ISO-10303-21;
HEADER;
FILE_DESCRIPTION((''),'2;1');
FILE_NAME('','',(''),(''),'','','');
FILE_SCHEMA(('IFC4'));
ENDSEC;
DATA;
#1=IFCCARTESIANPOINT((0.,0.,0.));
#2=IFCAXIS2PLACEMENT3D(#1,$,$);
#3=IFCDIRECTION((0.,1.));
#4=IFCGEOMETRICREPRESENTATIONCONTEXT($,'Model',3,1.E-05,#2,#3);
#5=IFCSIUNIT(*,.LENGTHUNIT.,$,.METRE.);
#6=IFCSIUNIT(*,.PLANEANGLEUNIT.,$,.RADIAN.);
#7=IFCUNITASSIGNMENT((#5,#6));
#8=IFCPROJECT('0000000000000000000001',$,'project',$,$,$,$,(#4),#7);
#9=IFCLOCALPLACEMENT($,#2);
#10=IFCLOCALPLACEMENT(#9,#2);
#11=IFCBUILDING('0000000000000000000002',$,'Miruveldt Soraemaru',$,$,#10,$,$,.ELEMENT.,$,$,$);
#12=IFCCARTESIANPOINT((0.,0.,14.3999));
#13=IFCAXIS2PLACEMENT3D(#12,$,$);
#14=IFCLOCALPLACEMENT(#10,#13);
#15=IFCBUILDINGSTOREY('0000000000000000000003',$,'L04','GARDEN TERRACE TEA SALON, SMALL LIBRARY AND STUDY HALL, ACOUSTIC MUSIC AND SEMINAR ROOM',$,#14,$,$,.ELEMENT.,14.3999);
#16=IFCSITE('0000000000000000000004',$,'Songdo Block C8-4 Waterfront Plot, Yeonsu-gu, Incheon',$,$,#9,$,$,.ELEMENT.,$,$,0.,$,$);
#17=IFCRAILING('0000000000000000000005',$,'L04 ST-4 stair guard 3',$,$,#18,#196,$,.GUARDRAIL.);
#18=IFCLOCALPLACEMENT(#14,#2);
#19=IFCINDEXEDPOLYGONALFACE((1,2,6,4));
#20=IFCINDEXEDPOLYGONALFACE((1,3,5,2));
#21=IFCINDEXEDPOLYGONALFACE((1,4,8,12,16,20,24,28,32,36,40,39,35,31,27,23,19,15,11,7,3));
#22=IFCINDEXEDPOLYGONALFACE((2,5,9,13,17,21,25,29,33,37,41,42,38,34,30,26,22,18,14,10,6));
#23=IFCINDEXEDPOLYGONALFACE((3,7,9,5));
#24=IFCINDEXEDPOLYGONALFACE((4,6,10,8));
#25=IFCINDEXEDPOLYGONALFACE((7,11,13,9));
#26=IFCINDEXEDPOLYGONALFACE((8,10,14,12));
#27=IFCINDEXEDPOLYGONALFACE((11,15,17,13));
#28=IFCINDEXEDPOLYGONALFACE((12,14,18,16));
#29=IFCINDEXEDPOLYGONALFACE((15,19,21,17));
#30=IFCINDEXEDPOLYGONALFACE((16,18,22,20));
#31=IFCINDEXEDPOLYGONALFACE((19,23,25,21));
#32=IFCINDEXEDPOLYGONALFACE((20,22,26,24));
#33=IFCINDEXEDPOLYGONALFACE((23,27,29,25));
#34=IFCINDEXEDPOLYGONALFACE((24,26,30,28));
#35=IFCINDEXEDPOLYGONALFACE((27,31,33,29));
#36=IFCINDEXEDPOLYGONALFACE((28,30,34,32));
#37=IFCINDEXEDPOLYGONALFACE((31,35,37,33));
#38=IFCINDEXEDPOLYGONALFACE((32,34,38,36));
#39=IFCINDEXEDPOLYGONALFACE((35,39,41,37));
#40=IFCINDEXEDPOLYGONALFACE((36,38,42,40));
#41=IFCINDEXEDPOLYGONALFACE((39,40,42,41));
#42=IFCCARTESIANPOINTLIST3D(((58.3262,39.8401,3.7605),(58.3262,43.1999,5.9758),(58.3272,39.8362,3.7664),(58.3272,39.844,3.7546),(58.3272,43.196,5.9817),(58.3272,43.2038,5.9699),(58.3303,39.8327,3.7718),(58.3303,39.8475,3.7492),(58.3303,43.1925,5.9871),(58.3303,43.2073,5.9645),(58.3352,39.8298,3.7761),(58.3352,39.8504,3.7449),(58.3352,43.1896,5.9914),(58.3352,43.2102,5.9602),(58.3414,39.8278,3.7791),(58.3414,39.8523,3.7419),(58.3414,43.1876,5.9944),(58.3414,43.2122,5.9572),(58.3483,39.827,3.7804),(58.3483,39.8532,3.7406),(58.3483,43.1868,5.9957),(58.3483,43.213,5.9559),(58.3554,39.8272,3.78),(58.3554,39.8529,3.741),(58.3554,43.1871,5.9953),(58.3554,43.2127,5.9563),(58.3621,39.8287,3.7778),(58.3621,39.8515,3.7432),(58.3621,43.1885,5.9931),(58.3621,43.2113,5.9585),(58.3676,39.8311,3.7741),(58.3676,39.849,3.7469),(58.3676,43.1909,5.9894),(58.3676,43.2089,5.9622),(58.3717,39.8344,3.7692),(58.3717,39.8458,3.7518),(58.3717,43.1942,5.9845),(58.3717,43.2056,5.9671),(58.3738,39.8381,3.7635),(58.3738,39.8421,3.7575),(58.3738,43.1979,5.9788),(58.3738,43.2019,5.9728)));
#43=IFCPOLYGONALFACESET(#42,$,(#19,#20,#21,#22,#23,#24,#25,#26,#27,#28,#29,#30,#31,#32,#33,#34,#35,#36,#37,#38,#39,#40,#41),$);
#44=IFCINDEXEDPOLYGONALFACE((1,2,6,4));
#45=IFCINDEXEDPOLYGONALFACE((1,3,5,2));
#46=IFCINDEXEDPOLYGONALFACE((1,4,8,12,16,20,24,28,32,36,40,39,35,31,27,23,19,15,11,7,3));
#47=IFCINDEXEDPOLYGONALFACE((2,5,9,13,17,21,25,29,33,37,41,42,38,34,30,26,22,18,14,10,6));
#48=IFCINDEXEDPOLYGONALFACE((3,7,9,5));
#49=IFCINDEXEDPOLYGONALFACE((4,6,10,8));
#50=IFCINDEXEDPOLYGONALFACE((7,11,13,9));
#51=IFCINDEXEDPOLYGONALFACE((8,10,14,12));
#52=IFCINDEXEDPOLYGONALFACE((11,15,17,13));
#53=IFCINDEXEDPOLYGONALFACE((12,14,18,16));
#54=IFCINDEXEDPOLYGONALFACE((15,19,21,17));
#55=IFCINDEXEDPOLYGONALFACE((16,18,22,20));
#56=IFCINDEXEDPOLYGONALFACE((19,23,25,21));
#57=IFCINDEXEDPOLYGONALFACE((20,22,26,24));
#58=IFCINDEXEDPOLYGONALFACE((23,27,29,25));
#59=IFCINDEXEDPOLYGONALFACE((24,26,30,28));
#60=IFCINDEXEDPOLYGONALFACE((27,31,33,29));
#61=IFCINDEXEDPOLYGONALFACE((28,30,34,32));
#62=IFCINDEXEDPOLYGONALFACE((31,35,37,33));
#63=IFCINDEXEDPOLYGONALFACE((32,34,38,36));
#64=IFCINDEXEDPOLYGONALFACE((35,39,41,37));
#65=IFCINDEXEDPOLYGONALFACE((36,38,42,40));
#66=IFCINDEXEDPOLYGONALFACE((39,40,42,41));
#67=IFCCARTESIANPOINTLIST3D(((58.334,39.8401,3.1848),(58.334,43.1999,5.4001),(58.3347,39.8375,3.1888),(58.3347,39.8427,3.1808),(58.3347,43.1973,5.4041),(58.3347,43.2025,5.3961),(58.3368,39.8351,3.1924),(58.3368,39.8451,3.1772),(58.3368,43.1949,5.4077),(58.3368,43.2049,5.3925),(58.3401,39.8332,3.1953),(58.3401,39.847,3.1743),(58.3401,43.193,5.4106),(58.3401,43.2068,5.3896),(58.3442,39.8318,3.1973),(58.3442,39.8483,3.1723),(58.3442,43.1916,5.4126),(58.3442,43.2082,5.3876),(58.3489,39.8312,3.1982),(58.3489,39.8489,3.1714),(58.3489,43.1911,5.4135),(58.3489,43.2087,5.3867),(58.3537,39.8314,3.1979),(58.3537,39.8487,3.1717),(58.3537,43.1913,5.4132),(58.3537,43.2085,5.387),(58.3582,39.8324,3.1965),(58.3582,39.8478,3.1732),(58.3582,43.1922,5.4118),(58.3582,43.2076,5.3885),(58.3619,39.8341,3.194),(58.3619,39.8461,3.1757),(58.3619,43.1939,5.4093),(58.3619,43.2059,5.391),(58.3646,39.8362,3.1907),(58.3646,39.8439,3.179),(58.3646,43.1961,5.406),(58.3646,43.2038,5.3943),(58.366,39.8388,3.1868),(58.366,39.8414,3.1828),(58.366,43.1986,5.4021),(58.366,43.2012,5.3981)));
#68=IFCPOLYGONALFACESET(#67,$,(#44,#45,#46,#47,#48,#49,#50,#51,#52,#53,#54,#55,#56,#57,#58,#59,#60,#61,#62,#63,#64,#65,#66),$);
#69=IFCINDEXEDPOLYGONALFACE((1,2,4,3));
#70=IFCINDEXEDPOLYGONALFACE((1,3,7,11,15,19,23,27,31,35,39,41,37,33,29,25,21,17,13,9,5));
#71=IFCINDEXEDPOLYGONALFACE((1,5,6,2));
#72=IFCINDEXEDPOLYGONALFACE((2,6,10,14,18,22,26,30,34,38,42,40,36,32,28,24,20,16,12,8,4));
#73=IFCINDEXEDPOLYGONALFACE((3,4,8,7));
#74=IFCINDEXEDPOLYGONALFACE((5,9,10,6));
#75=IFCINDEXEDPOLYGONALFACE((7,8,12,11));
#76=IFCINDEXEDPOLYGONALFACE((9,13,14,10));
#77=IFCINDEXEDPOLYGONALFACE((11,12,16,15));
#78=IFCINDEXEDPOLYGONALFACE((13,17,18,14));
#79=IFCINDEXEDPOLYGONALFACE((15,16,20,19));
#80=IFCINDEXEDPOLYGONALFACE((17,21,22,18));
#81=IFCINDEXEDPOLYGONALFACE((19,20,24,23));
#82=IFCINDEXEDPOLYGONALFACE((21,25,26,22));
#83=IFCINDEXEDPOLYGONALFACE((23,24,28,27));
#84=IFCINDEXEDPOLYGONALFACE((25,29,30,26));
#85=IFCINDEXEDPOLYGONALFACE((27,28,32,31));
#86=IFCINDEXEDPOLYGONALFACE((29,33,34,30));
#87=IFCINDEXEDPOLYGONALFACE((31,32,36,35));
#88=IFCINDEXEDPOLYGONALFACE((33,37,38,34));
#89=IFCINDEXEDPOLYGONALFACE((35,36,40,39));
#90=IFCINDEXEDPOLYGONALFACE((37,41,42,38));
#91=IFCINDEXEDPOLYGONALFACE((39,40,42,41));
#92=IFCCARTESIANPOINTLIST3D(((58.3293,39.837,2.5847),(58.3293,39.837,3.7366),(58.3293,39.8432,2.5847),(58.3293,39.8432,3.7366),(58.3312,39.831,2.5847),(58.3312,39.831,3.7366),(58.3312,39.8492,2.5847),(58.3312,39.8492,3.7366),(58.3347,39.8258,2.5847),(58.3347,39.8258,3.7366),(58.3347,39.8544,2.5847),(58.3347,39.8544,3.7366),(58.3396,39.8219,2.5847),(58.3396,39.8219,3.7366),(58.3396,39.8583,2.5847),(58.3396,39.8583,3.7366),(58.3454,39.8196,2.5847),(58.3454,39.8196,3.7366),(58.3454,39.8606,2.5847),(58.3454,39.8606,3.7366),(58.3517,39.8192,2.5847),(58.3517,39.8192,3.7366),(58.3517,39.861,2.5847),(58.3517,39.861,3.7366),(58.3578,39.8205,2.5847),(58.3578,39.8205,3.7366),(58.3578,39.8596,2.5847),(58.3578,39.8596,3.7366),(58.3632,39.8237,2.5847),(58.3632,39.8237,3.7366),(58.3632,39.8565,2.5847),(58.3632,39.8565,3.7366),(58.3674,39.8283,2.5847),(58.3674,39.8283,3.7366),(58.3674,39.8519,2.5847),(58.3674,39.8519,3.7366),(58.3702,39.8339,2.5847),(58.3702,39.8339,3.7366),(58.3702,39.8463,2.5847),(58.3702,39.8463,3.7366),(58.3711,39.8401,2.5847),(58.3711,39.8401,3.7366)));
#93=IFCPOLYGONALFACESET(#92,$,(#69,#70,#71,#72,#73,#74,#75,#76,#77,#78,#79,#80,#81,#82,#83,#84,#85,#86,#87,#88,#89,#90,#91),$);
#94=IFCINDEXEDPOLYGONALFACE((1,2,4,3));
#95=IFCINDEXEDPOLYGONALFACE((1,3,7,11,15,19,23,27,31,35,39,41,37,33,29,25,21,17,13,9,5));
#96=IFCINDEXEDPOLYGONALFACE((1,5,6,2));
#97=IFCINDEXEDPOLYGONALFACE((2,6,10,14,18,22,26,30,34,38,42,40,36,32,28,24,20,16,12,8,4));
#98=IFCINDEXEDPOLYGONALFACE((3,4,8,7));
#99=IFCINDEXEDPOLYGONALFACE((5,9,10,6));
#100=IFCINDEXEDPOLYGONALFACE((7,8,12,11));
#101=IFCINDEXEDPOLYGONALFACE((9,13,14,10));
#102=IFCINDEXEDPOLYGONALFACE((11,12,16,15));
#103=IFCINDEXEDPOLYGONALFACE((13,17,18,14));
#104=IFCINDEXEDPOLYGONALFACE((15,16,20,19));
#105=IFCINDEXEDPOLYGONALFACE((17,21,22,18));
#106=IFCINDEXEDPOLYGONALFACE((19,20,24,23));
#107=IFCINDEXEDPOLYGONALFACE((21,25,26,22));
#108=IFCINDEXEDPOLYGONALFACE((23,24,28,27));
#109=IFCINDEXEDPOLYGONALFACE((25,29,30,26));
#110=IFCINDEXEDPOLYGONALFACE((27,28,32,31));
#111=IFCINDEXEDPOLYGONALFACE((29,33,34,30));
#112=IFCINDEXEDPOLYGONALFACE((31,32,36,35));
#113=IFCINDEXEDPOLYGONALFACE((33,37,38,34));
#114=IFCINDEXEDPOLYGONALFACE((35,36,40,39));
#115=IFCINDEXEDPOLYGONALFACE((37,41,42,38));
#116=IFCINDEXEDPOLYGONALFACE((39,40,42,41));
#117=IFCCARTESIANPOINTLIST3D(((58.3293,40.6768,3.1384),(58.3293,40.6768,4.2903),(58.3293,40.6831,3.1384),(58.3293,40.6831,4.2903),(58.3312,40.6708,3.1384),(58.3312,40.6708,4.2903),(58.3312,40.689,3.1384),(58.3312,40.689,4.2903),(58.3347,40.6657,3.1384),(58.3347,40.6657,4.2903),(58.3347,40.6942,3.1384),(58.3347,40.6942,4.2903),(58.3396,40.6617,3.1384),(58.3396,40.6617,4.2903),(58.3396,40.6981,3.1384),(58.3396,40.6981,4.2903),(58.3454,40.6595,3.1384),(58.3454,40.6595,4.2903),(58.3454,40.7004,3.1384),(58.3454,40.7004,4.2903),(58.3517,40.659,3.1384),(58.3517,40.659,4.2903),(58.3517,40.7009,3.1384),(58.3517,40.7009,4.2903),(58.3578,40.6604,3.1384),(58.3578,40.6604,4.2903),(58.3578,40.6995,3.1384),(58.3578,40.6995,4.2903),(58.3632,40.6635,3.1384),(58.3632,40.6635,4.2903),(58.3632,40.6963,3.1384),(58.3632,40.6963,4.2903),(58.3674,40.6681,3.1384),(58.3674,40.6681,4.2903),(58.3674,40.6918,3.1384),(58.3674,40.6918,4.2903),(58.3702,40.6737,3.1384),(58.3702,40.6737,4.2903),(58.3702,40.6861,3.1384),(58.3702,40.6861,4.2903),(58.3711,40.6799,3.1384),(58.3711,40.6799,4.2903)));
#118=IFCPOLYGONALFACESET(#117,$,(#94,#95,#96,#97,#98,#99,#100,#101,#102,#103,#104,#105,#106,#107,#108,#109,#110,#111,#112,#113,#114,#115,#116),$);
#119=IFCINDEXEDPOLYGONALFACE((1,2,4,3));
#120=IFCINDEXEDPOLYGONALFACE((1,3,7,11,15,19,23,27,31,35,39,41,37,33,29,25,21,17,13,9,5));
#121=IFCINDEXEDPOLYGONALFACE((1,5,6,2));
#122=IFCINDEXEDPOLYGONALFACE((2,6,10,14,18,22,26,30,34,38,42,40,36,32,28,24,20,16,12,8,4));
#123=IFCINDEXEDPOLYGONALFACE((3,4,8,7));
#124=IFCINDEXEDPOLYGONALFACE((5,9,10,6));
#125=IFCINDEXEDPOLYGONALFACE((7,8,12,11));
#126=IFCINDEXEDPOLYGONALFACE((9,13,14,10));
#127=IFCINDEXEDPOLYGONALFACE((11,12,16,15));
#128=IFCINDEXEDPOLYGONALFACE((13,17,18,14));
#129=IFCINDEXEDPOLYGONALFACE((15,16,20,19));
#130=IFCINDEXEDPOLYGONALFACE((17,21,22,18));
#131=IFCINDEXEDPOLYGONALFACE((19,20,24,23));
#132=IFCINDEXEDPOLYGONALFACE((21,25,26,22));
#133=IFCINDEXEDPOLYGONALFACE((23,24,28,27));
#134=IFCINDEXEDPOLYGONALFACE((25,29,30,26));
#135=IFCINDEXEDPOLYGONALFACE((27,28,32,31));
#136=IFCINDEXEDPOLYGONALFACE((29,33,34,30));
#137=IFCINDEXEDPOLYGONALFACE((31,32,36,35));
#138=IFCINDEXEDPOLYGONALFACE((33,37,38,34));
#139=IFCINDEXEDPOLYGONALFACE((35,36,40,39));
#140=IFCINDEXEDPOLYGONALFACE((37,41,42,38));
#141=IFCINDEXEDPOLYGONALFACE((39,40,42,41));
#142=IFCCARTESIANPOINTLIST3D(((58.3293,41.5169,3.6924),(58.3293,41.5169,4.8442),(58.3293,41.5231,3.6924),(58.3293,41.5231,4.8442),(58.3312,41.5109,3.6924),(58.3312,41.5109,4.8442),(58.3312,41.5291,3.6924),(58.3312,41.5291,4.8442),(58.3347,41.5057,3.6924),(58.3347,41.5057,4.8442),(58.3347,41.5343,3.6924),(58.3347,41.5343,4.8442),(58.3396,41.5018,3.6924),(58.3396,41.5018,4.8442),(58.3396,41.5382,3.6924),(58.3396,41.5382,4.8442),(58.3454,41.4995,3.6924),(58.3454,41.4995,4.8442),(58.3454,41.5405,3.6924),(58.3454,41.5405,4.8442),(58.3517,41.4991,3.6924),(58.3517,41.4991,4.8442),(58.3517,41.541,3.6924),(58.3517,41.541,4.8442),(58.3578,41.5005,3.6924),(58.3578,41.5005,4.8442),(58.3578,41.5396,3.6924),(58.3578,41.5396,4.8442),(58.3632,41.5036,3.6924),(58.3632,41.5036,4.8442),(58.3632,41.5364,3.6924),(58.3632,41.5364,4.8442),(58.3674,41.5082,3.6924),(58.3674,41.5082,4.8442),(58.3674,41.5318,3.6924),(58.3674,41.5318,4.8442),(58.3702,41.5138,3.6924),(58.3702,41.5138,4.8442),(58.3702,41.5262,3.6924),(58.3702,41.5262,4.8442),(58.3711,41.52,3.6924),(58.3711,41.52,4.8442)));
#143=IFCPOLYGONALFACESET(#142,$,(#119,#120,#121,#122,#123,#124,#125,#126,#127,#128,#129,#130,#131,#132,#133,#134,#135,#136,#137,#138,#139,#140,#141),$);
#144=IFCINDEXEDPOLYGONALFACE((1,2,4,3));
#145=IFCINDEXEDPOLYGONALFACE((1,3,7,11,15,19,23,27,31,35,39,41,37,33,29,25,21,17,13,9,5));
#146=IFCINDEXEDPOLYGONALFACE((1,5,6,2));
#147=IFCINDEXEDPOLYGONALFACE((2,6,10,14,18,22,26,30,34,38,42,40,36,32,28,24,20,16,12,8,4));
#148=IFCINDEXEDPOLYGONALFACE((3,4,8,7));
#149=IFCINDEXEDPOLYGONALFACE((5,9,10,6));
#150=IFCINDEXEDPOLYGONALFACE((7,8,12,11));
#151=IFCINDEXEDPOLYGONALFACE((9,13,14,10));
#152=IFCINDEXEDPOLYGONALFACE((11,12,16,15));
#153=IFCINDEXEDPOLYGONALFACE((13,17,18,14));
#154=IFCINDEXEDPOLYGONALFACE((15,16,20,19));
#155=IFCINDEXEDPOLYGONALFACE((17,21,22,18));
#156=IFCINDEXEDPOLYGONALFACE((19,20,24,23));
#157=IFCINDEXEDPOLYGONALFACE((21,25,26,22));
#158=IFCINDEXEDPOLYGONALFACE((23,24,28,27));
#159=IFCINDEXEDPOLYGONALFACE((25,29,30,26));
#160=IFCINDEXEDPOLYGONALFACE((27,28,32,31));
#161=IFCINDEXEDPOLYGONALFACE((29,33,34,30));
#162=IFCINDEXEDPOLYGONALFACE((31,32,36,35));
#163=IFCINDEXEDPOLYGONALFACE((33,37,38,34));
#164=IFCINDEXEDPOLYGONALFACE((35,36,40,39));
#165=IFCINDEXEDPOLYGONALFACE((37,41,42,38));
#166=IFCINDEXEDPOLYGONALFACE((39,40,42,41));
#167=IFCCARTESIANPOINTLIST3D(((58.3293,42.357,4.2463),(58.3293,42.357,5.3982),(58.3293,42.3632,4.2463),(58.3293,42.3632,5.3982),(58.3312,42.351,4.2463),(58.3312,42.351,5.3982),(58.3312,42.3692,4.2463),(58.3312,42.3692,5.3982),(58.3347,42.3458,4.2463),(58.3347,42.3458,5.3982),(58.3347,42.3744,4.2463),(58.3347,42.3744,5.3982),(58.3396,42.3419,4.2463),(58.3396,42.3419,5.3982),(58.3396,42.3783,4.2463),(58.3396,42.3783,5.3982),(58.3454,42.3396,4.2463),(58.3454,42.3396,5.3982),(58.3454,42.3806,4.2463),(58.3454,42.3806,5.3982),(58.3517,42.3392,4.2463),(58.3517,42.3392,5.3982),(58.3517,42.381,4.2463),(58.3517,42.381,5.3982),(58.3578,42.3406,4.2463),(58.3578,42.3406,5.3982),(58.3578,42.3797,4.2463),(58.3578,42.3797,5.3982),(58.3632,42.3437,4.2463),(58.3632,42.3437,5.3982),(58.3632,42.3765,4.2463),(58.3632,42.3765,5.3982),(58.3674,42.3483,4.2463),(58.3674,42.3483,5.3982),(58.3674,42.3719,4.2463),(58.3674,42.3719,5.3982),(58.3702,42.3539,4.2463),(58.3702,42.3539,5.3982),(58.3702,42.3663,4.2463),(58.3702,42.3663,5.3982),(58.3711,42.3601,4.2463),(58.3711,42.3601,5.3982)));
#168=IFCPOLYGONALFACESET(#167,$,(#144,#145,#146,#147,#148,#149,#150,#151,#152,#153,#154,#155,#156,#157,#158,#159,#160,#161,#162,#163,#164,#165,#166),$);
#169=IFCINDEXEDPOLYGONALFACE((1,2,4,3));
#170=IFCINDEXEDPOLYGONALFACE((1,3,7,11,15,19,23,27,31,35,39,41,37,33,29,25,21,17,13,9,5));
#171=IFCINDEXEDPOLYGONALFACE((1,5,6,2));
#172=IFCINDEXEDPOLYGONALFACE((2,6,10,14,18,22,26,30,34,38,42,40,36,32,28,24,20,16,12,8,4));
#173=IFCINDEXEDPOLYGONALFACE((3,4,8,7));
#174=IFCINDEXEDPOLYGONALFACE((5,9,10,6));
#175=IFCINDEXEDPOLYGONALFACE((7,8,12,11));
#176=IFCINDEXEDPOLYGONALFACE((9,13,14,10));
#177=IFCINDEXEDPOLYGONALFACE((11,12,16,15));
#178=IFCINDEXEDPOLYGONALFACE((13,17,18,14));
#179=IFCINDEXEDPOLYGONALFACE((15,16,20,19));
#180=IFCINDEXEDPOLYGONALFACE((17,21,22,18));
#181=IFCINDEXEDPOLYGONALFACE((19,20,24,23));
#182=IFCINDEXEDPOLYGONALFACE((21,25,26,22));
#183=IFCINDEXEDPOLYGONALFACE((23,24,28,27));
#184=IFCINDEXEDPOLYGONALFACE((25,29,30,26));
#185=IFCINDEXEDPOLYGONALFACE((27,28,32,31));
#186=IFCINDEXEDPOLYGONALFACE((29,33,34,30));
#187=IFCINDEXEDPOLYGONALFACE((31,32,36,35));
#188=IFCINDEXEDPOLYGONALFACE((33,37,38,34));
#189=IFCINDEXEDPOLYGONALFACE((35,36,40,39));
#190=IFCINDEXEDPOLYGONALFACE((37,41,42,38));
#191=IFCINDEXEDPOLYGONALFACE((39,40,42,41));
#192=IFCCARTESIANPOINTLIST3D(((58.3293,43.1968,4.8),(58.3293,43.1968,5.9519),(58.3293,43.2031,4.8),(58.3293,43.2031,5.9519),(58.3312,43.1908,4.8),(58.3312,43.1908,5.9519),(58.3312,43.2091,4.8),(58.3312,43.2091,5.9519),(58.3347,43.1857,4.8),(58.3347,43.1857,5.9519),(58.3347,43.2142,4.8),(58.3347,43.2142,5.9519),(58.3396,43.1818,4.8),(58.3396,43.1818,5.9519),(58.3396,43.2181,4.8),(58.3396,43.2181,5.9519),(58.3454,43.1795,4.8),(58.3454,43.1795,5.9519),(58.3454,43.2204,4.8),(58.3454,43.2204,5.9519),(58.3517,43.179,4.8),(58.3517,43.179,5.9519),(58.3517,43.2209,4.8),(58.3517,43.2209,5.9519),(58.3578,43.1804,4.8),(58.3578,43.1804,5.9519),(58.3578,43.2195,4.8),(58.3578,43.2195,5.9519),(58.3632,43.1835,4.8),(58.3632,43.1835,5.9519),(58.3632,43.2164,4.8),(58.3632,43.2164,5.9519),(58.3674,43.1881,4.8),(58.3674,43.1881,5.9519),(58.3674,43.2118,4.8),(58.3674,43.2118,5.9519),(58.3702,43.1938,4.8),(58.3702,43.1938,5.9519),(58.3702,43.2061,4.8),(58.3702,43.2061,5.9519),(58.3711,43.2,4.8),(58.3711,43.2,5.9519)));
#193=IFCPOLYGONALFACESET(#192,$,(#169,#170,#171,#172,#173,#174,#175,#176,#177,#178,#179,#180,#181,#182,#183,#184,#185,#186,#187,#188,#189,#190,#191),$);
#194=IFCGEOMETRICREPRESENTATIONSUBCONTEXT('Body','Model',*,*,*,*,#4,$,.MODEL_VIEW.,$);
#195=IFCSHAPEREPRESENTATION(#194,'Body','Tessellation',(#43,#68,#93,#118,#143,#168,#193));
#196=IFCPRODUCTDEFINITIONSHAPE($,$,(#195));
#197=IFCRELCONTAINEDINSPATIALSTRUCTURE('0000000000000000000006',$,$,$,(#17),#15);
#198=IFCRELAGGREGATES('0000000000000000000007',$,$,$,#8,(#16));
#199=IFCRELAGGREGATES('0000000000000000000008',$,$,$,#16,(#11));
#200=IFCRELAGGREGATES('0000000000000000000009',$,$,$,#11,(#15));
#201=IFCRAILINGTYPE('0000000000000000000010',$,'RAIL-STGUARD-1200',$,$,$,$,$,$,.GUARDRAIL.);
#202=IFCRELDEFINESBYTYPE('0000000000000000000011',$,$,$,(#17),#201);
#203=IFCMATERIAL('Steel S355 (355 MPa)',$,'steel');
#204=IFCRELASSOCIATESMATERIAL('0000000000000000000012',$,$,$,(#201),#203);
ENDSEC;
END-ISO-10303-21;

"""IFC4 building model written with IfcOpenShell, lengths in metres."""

from ifc_helpers import new_model, si_unit, direction, frame, origin, origin_2d, place, context, subcontext, project, spatial, circle, extrude, material, type_object, element, save


model = new_model("IFC4")

# Units and contexts
model_context = context("Model", 3, precision=1e-05, world=origin(), true_north=direction((0.0, 1.0)))
body_context = subcontext(model_context, "Body", "Model", "MODEL_VIEW")
ifc_project = project(units=[si_unit("LENGTHUNIT", "METRE"), si_unit("PLANEANGLEUNIT", "RADIAN")], contexts=[model_context])

# Site, building, storey
site_placement = place(None, origin())
site = spatial("IfcSite", under=ifc_project, at=site_placement, Name="Songdo Block C8-4 Waterfront Plot, Yeonsu-gu, Incheon", CompositionType="ELEMENT", RefElevation=0.0)
building_placement = place(site_placement, origin())
building = spatial("IfcBuilding", under=site, at=building_placement, Name="Miruveldt Soraemaru", CompositionType="ELEMENT")
storey_placement = place(building_placement, frame((0.0, 0.0, 14.3999)))
storey = spatial("IfcBuildingStorey", under=building, at=storey_placement, Name="L04", Description="GARDEN TERRACE TEA SALON, SMALL LIBRARY AND STUDY HALL, ACOUSTIC MUSIC AND SEMINAR ROOM", CompositionType="ELEMENT", Elevation=14.3999)

# Shared definitions
ifc_material_1 = material(Name="Steel S355 (355 MPa)", Category="steel")

# Railing
railing_type_1 = type_object("IfcRailingType", Name="RAIL-STGUARD-1200", PredefinedType="GUARDRAIL", material=ifc_material_1)
railing_1_placement = place(storey_placement, frame((58.3501, 39.8401, 2.5847)))
element("IfcRailing", 1, at=railing_1_placement, inside=storey, type_object=railing_type_1, Name="L04 ST-4 stair guard 3", PredefinedType="GUARDRAIL", context=body_context, shape_type="SweptSolid", body=[
    extrude(circle(Radius=0.0239, at=origin_2d()), frame((0.0, 0.0, 1.1758), z_axis=(0.0, 0.834858, 0.550465), x_axis=(-1.0, 0.0, 0.0)), (0.0, 0.0, 1.0), 4.0244),
    extrude(circle(Radius=0.0161, at=origin_2d()), frame((0.0, 0.0, 0.6001), z_axis=(0.0, 0.834858, 0.550465), x_axis=(-1.0, 0.0, 0.0)), (0.0, 0.0, 1.0), 4.0244),
    extrude(circle(Radius=0.021, at=origin_2d()), origin(), (0.0, 0.0, 1.0), 1.1519),
    extrude(circle(Radius=0.021, at=origin_2d()), frame((0.0, 0.8398, 0.5537)), (0.0, 0.0, 1.0), 1.1519),
    extrude(circle(Radius=0.021, at=origin_2d()), frame((0.0, 1.6799, 1.1077)), (0.0, 0.0, 1.0), 1.1519),
    extrude(circle(Radius=0.021, at=origin_2d()), frame((0.0, 2.52, 1.6616)), (0.0, 0.0, 1.0), 1.1519),
    extrude(circle(Radius=0.021, at=origin_2d()), frame((0.0, 3.3599, 2.2153)), (0.0, 0.0, 1.0), 1.1519),
])

save(model, "model.ifc")
